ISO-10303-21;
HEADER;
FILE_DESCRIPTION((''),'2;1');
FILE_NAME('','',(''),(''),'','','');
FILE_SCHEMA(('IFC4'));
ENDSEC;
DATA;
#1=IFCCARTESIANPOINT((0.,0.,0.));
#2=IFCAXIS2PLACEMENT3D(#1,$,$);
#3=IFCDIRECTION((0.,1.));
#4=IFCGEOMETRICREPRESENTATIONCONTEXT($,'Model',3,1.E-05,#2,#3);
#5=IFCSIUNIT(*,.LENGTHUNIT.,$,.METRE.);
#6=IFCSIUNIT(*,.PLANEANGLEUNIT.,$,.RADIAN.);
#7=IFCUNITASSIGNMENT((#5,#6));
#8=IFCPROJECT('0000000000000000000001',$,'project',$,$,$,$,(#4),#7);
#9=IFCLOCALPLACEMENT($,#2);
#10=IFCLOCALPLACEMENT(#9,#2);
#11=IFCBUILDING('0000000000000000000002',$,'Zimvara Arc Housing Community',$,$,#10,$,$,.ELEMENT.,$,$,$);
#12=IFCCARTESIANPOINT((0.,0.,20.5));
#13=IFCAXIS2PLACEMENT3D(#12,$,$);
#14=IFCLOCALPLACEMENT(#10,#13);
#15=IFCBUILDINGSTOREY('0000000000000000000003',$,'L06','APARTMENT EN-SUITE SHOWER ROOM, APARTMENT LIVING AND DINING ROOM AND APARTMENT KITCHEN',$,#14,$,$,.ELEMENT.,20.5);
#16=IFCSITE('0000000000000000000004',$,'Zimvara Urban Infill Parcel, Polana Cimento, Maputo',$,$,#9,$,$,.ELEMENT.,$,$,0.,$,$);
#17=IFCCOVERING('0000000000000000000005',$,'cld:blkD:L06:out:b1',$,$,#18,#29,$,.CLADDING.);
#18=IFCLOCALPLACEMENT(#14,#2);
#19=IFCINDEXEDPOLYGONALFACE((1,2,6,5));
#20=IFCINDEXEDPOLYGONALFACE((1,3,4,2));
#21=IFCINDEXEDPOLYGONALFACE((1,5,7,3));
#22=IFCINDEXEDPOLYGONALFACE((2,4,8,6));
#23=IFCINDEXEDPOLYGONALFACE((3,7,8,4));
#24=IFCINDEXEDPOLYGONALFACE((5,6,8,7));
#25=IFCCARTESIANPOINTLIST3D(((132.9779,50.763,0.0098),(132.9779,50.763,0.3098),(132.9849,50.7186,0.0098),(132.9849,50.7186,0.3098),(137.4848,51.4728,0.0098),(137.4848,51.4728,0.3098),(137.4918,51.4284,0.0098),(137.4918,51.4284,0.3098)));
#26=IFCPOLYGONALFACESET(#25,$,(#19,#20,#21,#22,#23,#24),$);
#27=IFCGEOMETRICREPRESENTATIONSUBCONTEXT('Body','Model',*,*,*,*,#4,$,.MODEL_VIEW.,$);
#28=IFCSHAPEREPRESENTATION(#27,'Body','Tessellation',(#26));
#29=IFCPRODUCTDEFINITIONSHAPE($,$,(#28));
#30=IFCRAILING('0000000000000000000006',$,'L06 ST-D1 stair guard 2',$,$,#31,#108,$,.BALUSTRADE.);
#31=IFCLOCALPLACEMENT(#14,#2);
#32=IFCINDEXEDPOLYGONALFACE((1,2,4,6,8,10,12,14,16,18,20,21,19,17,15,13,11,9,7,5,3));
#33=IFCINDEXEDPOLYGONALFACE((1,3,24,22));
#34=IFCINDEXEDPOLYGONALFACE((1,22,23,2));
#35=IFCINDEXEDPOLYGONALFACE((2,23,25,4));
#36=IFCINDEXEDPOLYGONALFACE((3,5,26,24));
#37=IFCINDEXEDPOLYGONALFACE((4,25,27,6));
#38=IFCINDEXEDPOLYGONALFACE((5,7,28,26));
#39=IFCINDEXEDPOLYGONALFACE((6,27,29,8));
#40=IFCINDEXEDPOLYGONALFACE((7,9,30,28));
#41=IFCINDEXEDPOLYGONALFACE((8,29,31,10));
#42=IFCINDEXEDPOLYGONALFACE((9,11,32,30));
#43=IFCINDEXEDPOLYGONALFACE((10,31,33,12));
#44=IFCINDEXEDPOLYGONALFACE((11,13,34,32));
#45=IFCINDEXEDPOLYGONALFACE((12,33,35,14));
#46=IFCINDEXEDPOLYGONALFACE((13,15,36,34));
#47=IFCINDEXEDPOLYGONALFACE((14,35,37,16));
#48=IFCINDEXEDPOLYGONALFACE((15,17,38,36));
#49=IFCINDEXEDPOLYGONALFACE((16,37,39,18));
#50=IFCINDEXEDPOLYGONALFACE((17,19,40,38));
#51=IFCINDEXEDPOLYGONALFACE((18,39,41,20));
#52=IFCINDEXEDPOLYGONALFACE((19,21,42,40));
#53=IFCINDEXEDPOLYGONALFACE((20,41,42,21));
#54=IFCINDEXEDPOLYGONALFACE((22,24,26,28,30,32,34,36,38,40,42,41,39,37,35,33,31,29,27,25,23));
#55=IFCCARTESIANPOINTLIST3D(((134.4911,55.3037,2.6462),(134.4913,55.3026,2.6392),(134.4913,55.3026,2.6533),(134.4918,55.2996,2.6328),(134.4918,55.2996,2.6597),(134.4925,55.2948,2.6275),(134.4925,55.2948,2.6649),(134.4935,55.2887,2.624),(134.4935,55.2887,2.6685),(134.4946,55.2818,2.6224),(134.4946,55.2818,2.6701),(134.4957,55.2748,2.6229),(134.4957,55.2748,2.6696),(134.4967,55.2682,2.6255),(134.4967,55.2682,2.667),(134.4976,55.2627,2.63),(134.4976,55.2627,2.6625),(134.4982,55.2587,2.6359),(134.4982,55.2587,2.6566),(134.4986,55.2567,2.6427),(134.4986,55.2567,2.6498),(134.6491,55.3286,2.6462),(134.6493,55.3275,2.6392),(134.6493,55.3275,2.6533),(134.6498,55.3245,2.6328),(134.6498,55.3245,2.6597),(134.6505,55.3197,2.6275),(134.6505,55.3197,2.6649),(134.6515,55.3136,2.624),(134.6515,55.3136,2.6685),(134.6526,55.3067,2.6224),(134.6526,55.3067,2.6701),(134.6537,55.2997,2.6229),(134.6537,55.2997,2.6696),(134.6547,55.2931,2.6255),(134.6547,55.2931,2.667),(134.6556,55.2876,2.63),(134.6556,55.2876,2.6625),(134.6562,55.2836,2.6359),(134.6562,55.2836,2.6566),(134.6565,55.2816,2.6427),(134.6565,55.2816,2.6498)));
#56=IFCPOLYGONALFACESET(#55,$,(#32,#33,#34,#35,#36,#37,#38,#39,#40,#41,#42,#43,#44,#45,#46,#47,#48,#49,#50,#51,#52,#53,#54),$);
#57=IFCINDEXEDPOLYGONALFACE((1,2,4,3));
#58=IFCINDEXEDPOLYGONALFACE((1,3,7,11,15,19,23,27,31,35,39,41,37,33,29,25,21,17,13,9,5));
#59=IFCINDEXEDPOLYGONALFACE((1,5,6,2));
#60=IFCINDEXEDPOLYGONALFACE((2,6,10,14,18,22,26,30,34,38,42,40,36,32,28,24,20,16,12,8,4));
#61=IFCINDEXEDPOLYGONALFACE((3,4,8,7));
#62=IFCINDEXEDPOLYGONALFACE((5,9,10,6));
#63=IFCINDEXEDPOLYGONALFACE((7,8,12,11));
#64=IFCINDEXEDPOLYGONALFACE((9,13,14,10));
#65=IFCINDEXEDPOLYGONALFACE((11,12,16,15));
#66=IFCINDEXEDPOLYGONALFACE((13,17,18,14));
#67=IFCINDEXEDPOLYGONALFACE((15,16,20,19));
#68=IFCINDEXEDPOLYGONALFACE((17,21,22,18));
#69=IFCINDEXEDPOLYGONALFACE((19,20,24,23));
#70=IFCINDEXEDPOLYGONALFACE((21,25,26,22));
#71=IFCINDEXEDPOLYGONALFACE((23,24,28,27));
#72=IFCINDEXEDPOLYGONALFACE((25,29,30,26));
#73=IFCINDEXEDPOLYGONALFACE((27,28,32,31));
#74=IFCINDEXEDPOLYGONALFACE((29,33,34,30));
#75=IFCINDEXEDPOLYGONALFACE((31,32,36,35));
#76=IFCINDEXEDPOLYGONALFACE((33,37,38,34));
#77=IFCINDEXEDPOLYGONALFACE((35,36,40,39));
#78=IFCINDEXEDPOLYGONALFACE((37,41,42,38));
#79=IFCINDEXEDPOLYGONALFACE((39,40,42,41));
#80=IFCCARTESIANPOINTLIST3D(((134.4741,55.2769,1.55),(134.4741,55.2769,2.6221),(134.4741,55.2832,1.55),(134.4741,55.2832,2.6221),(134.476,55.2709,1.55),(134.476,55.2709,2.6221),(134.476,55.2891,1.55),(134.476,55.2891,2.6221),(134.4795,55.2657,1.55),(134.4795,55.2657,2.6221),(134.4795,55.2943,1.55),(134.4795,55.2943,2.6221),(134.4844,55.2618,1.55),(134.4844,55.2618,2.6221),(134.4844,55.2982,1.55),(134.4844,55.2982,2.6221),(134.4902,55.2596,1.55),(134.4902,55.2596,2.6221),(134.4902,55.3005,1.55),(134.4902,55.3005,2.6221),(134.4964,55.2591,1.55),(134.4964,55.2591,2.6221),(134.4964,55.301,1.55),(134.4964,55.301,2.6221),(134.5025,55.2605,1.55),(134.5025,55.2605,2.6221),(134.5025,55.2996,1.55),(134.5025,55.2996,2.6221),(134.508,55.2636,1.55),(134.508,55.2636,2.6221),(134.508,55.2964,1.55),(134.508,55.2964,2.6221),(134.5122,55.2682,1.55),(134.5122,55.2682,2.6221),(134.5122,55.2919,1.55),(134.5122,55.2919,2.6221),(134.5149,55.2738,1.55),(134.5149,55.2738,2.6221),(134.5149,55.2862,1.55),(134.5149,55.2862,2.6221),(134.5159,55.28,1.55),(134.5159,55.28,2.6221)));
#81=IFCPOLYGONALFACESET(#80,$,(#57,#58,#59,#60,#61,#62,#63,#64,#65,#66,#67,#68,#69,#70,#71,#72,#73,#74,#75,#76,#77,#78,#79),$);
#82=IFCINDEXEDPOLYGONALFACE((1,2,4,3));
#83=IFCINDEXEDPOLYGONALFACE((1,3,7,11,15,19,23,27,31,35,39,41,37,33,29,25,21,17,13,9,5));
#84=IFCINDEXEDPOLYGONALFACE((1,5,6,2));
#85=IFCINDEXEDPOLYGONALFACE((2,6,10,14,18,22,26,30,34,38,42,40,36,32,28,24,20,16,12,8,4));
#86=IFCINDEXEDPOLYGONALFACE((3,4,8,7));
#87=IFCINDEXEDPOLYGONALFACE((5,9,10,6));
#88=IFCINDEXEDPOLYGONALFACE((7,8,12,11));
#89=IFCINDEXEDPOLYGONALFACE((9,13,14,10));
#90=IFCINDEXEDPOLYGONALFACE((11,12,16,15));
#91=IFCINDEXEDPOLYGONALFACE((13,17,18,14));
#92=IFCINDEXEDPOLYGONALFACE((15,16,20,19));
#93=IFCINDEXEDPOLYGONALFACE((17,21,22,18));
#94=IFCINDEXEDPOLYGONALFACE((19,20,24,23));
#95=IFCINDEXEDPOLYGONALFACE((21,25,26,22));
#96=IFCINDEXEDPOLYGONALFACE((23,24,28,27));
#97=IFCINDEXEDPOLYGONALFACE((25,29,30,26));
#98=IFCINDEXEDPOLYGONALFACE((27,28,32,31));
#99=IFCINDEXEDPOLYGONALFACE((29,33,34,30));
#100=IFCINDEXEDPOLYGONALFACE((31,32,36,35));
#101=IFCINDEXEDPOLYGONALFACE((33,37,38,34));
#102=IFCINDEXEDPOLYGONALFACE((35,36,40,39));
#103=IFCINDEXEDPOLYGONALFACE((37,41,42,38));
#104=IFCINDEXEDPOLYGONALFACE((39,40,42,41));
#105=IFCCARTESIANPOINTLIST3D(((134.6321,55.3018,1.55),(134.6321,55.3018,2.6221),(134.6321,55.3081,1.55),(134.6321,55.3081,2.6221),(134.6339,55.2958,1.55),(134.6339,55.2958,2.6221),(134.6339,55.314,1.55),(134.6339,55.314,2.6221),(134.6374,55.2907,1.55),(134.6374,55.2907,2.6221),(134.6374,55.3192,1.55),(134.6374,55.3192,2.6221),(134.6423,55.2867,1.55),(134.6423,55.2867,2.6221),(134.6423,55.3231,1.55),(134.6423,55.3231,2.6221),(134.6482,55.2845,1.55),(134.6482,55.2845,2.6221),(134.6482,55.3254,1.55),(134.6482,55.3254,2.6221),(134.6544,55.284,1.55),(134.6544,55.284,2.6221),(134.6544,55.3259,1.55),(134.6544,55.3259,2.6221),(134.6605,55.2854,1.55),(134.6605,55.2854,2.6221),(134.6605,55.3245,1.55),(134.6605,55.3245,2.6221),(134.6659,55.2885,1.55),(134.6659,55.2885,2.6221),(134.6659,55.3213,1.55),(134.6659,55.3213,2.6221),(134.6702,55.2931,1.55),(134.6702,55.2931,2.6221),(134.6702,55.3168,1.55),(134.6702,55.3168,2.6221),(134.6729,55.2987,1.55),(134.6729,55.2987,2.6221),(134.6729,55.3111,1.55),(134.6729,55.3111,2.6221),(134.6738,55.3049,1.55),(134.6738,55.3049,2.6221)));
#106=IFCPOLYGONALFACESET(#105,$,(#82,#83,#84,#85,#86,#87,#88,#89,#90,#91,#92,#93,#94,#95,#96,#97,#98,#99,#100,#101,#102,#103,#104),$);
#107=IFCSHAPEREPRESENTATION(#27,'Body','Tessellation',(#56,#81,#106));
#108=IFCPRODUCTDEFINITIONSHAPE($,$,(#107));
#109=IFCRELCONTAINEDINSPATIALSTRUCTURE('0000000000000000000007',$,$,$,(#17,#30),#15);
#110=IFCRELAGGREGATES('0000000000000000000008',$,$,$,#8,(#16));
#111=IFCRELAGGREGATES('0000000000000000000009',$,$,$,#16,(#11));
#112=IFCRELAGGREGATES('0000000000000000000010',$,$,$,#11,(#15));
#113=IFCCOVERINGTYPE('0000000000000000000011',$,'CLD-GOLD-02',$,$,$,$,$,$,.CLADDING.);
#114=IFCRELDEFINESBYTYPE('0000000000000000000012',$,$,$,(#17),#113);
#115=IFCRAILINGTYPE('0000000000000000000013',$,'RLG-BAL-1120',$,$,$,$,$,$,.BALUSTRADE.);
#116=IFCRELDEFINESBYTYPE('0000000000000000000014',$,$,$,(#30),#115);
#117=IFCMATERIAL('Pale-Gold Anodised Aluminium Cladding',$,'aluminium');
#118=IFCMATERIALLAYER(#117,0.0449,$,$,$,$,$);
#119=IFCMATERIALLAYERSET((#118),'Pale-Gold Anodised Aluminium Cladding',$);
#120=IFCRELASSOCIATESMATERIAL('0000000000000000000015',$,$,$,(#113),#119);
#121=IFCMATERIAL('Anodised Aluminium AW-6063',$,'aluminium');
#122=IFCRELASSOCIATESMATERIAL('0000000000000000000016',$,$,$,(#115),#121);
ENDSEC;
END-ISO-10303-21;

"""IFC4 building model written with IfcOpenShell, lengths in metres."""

from ifc_helpers import new_model, si_unit, direction, frame, origin, origin_2d, place, context, subcontext, project, spatial, rectangle, circle, extrude, material, layer, layer_set, type_object, element, save


model = new_model("IFC4")

# Units and contexts
model_context = context("Model", 3, precision=1e-05, world=origin(), true_north=direction((0.0, 1.0)))
body_context = subcontext(model_context, "Body", "Model", "MODEL_VIEW")
ifc_project = project(units=[si_unit("LENGTHUNIT", "METRE"), si_unit("PLANEANGLEUNIT", "RADIAN")], contexts=[model_context])

# Site, building, storey
site_placement = place(None, origin())
site = spatial("IfcSite", under=ifc_project, at=site_placement, Name="Zimvara Urban Infill Parcel, Polana Cimento, Maputo", CompositionType="ELEMENT", RefElevation=0.0)
building_placement = place(site_placement, origin())
building = spatial("IfcBuilding", under=site, at=building_placement, Name="Zimvara Arc Housing Community", CompositionType="ELEMENT")
storey_placement = place(building_placement, frame((0.0, 0.0, 20.5)))
storey = spatial("IfcBuildingStorey", under=building, at=storey_placement, Name="L06", Description="APARTMENT EN-SUITE SHOWER ROOM, APARTMENT LIVING AND DINING ROOM AND APARTMENT KITCHEN", CompositionType="ELEMENT", Elevation=20.5)

# Covering
ifc_material_1 = material(Name="Pale-Gold Anodised Aluminium Cladding", Category="aluminium")
ifc_layer_1 = layer(ifc_material_1, 0.0449)
ifc_layer_set_1 = layer_set([ifc_layer_1], Name="Pale-Gold Anodised Aluminium Cladding")
covering_type = type_object("IfcCoveringType", Name="CLD-GOLD-02", PredefinedType="CLADDING", material=ifc_layer_set_1)
covering_placement = place(storey_placement, frame((135.2349, 51.0957, 0.0098), z_axis=(0.0, 0.0, 1.0), x_axis=(0.987824, 0.155572, 0.0)))
element("IfcCovering", 1, at=covering_placement, inside=storey, type_object=covering_type, Name="cld:blkD:L06:out:b1", PredefinedType="CLADDING", context=body_context, shape_type="SweptSolid", body=[
    extrude(rectangle(XDim=4.5625, YDim=0.0449, at=origin_2d()), origin(), (0.0, 0.0, 1.0), 0.3),
])

# Railing
ifc_material_2 = material(Name="Anodised Aluminium AW-6063", Category="aluminium")
railing_type_1 = type_object("IfcRailingType", Name="RLG-BAL-1120", PredefinedType="BALUSTRADE", material=ifc_material_2)
railing_1_placement = place(storey_placement, frame((134.4949, 55.28, 1.55)))
element("IfcRailing", 2, at=railing_1_placement, inside=storey, type_object=railing_type_1, Name="L06 ST-D1 stair guard 2", PredefinedType="BALUSTRADE", context=body_context, shape_type="SweptSolid", body=[
    extrude(circle(Radius=0.0239, at=origin_2d()), frame((0.0, 0.0, 1.0962), z_axis=(0.9878, 0.155727, 0.0), x_axis=(-0.155727, 0.9878, 0.0)), (0.0, 0.0, 1.0), 0.1599),
    extrude(circle(Radius=0.021, at=origin_2d()), origin(), (0.0, 0.0, 1.0), 1.072),
    extrude(circle(Radius=0.021, at=origin_2d()), frame((0.158, 0.0249, 0.0)), (0.0, 0.0, 1.0), 1.072),
])

save(model, "model.ifc")
